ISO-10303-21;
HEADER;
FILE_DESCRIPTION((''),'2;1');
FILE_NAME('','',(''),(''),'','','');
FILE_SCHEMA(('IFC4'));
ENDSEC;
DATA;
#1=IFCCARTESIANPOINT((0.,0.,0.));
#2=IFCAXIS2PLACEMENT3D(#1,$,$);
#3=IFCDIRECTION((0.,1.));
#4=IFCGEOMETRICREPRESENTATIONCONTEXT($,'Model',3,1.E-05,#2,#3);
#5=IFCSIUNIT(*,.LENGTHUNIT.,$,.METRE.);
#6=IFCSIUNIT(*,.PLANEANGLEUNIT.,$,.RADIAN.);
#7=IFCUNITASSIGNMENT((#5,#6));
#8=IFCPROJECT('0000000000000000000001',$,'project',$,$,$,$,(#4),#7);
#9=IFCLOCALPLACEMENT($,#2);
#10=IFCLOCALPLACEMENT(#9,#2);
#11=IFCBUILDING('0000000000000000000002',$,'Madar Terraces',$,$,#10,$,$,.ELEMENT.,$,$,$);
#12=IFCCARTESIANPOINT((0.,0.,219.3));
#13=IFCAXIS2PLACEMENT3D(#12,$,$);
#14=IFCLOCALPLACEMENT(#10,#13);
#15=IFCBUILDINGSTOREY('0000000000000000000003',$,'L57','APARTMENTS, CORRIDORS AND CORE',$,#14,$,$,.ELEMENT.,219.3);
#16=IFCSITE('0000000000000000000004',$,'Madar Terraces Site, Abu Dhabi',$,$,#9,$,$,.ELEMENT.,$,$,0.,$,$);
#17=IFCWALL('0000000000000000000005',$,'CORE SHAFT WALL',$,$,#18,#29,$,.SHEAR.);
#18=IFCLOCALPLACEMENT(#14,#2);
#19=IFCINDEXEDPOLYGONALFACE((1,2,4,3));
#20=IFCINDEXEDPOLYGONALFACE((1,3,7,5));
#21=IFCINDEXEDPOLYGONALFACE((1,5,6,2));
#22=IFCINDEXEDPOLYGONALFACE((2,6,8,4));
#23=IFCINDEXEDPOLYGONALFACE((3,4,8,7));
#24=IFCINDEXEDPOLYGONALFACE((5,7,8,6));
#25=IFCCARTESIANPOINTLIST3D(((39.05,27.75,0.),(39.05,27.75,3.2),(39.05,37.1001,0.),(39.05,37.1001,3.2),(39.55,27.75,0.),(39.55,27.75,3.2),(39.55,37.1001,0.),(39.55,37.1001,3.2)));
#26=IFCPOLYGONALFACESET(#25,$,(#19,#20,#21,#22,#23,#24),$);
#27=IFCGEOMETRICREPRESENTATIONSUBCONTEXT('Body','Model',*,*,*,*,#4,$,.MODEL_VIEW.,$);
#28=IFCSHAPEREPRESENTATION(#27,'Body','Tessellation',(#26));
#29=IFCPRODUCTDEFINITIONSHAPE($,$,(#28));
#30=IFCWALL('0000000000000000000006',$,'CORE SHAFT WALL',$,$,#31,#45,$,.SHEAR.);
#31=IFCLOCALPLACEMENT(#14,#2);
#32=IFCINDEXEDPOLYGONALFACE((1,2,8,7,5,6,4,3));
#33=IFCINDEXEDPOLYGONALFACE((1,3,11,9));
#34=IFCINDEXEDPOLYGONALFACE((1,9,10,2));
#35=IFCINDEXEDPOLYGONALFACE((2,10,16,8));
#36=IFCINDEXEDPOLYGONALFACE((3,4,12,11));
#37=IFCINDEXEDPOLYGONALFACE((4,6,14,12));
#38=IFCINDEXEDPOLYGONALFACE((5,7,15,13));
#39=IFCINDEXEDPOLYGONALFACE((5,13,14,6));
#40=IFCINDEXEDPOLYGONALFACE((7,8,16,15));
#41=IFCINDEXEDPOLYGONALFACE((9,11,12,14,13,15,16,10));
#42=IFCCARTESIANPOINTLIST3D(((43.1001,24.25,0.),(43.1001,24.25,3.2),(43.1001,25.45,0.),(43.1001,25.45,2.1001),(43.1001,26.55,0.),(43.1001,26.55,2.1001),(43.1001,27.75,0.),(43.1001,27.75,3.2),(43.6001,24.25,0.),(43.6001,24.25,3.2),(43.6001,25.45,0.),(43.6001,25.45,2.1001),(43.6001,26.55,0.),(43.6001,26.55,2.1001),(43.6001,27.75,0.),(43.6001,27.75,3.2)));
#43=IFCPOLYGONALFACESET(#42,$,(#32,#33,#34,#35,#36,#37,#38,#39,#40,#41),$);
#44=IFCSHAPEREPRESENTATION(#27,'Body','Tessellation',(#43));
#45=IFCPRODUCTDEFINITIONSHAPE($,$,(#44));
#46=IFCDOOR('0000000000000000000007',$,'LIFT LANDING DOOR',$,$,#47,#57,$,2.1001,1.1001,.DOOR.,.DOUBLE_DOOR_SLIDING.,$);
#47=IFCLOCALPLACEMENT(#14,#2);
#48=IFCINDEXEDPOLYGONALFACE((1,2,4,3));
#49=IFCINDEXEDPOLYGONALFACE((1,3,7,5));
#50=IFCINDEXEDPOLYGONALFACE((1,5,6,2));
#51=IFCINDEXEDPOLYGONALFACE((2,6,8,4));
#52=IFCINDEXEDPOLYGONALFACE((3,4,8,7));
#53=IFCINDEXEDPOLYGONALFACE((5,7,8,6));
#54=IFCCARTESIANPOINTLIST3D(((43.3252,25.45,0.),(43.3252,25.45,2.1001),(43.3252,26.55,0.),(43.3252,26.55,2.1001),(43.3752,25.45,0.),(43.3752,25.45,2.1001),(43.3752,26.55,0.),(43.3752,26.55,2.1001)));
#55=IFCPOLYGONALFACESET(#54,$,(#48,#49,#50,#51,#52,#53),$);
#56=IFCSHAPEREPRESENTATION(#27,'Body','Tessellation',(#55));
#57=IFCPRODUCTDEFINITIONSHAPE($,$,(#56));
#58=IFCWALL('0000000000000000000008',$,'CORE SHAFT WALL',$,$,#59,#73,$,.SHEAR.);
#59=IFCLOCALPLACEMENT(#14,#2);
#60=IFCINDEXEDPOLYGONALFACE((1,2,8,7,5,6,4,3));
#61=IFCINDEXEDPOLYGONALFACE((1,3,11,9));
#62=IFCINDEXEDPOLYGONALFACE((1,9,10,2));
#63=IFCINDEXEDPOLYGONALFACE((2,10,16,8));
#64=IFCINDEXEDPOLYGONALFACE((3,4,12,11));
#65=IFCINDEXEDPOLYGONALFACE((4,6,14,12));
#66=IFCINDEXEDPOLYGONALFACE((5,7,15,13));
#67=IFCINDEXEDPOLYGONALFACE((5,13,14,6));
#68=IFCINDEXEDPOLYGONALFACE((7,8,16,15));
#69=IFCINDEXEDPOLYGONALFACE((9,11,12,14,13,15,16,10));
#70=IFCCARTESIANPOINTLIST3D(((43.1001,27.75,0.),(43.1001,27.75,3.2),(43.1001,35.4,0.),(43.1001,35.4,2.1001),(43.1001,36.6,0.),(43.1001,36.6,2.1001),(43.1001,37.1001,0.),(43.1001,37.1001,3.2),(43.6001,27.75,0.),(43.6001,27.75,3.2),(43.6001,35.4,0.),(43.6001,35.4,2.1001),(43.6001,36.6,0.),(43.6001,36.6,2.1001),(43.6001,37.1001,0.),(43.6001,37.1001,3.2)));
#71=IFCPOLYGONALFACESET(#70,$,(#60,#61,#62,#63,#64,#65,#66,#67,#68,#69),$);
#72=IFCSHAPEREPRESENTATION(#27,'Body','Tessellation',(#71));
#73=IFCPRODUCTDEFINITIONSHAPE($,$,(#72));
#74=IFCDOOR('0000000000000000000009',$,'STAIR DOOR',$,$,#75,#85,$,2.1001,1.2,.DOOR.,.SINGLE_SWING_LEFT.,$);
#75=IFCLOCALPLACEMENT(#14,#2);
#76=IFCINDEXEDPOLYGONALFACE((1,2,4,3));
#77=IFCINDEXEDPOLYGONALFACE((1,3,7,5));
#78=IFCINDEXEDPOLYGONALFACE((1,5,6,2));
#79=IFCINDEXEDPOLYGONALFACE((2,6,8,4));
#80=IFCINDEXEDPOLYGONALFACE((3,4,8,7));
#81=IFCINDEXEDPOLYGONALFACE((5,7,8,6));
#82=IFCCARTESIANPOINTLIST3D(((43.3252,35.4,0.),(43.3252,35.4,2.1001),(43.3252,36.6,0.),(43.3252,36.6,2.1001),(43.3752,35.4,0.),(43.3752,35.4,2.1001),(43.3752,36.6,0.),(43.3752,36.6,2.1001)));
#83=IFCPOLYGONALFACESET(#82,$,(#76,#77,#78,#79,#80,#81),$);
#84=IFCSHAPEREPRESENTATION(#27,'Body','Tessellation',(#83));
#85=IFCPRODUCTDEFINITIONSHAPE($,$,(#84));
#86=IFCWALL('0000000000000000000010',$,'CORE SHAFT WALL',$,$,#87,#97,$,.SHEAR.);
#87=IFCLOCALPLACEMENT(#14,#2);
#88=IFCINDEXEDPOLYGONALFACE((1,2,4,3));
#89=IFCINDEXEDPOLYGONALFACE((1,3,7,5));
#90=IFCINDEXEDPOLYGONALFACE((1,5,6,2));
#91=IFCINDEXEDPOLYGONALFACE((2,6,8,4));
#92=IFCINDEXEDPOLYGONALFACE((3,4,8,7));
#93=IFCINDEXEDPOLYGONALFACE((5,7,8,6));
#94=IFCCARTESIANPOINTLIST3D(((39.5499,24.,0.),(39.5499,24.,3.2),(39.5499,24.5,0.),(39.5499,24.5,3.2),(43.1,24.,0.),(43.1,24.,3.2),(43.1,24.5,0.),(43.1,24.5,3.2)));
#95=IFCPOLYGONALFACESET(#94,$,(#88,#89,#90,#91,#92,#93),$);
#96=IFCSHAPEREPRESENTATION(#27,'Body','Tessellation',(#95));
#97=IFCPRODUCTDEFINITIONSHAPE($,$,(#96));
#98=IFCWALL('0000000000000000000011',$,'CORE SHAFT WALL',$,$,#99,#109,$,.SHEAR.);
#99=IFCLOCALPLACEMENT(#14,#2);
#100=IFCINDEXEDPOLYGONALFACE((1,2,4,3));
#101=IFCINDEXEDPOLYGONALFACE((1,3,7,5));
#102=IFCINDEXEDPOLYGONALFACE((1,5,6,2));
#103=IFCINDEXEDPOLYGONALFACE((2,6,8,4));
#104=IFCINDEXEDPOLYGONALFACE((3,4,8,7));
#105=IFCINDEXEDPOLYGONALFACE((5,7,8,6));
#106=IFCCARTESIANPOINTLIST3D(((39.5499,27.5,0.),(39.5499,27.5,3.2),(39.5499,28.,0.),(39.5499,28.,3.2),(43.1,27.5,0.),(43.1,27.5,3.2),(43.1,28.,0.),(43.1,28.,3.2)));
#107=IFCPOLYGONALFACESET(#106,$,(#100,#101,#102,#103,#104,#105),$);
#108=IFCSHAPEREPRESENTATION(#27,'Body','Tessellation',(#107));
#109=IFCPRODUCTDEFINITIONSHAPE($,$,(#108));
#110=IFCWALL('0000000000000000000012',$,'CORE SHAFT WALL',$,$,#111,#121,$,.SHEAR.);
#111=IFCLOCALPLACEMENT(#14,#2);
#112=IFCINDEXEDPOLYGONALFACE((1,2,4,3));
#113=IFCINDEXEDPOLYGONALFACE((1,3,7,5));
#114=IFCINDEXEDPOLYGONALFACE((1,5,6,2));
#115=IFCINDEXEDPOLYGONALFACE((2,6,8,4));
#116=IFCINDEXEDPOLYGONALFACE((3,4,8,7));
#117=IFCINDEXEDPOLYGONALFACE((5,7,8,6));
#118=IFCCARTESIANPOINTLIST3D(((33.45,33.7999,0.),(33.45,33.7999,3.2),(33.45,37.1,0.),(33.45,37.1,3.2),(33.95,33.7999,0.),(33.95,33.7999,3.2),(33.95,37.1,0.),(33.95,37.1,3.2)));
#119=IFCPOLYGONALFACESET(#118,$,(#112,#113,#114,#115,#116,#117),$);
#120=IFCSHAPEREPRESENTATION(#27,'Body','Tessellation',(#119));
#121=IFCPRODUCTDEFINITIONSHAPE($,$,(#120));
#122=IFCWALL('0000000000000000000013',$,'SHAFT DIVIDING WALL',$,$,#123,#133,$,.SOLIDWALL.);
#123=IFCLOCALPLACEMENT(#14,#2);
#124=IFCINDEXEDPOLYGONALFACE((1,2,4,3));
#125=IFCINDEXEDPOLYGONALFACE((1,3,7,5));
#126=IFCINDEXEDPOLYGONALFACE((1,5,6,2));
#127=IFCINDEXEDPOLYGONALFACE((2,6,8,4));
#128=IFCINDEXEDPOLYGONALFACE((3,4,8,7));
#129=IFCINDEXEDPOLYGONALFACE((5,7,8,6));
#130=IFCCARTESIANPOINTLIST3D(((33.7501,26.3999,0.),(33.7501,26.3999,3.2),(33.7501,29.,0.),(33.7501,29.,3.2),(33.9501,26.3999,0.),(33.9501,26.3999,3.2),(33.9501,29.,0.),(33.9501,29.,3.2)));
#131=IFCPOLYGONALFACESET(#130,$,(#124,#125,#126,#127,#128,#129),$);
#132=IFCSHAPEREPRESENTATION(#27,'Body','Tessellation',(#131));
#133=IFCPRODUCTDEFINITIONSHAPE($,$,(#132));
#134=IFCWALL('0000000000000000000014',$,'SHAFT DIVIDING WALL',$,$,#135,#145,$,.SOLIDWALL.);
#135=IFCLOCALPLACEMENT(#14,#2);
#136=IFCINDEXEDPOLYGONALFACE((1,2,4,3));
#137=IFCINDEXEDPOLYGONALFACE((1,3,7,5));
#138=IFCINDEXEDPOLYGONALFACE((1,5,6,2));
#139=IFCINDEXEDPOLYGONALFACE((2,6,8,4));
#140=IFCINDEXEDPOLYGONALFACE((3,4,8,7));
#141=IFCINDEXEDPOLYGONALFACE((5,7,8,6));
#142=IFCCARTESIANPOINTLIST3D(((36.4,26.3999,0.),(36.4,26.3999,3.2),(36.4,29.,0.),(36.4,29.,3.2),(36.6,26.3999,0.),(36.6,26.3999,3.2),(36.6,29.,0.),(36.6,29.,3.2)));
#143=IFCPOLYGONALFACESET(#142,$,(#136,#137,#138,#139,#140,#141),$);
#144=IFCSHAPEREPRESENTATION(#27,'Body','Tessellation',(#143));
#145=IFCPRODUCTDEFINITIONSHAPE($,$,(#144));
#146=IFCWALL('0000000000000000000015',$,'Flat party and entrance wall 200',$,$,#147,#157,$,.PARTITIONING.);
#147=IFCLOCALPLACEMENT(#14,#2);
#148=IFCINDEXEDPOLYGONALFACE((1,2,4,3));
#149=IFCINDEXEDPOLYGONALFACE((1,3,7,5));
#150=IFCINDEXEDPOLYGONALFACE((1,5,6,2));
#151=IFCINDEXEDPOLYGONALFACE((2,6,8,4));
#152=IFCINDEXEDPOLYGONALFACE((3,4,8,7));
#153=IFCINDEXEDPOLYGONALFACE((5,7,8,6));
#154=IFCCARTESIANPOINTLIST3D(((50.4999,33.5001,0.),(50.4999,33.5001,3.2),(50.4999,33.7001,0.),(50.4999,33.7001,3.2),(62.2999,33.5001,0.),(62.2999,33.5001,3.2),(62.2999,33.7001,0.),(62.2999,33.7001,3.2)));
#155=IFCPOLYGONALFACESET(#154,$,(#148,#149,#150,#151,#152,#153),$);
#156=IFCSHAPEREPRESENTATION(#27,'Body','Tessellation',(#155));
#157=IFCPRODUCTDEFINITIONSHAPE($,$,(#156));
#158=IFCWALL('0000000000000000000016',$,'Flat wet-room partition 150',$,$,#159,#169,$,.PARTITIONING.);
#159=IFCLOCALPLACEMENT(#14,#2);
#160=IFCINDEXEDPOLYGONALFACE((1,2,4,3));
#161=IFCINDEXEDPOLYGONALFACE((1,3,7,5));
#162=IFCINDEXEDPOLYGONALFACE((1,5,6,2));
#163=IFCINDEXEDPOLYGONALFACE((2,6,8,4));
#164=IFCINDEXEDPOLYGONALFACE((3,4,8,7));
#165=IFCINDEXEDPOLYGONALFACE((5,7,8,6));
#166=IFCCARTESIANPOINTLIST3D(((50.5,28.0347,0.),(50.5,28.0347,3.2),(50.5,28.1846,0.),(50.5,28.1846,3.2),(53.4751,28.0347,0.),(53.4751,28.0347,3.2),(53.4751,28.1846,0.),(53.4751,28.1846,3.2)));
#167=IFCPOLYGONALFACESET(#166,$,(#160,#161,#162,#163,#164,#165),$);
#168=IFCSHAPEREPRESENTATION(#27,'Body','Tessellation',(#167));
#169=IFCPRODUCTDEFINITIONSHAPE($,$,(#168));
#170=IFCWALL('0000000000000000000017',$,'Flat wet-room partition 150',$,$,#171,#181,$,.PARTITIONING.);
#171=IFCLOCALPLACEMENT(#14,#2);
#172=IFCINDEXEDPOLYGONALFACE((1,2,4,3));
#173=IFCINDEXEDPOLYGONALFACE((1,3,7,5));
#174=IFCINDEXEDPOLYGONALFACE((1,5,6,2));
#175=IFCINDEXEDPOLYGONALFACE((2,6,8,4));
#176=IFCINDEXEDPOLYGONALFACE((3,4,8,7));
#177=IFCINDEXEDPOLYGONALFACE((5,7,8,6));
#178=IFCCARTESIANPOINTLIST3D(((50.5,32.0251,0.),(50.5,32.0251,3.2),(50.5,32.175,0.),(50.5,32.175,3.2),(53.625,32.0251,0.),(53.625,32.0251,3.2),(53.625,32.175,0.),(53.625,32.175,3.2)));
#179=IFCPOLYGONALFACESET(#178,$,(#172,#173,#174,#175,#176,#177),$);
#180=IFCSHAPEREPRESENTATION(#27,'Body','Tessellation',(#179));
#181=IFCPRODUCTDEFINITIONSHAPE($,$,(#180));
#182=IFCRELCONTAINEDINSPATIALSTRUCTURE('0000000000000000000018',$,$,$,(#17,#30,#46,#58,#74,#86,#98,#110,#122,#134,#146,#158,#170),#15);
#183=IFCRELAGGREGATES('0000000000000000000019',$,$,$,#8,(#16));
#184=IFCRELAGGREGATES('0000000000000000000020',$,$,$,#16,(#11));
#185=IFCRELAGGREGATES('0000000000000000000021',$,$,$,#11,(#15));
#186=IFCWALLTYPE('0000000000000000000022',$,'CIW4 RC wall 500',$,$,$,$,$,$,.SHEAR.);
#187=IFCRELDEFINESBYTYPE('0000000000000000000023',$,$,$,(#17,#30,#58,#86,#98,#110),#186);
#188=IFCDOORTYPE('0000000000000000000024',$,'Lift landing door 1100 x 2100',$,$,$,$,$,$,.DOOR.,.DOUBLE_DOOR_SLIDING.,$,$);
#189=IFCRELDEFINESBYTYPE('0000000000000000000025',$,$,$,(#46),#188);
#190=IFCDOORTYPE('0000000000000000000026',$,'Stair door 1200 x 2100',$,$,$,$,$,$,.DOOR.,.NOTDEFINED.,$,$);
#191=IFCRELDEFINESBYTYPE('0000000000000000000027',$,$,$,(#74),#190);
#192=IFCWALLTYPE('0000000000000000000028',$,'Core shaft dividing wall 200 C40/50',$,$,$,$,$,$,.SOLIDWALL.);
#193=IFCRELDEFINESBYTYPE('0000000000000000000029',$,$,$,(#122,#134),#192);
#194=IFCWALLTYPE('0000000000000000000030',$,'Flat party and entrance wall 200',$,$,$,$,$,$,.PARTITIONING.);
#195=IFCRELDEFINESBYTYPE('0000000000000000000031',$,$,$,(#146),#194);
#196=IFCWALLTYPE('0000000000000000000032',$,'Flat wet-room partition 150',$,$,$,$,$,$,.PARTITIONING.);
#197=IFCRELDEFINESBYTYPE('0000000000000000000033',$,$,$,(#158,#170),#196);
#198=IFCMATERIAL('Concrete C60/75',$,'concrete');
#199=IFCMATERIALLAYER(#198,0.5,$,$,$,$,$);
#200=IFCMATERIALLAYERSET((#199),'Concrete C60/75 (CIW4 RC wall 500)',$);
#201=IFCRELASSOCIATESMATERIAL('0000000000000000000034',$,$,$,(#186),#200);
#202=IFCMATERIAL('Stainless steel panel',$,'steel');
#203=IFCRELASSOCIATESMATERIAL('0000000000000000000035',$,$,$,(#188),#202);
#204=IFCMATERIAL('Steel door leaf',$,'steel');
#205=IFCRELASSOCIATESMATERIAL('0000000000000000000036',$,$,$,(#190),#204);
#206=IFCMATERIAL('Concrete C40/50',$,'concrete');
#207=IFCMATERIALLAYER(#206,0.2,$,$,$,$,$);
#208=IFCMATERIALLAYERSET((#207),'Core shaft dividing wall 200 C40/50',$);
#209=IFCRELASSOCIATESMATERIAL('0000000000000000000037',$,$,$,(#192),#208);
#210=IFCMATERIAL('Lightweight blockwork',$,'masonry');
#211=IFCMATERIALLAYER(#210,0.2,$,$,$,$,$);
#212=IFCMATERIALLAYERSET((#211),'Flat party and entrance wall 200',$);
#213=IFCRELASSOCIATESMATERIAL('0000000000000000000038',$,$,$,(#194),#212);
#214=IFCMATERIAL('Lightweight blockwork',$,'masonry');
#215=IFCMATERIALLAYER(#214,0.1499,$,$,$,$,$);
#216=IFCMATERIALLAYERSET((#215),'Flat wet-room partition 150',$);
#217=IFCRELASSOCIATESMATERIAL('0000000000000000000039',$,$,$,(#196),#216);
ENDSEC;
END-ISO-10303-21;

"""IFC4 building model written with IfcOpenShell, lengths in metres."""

from ifc_helpers import new_model, si_unit, direction, frame, frame_2d, origin, place, context, subcontext, project, spatial, rectangle, extrude, material, layer, layer_set, type_object, element, fill, save


model = new_model("IFC4")

# Units and contexts
model_context = context("Model", 3, precision=1e-05, world=origin(), true_north=direction((0.0, 1.0)))
body_context = subcontext(model_context, "Body", "Model", "MODEL_VIEW")
ifc_project = project(units=[si_unit("LENGTHUNIT", "METRE"), si_unit("PLANEANGLEUNIT", "RADIAN")], contexts=[model_context])

# Site, building, storey
site_placement = place(None, origin())
site = spatial("IfcSite", under=ifc_project, at=site_placement, Name="Madar Terraces Site, Abu Dhabi", CompositionType="ELEMENT", RefElevation=0.0)
building_placement = place(site_placement, origin())
building = spatial("IfcBuilding", under=site, at=building_placement, Name="Madar Terraces", CompositionType="ELEMENT")
storey_placement = place(building_placement, frame((0.0, 0.0, 219.3)))
storey = spatial("IfcBuildingStorey", under=building, at=storey_placement, Name="L57", Description="APARTMENTS, CORRIDORS AND CORE", CompositionType="ELEMENT", Elevation=219.3)

# Wall
ifc_material_1 = material(Name="Concrete C60/75", Category="concrete")
ifc_layer_1 = layer(ifc_material_1, 0.5)
ifc_layer_set_1 = layer_set([ifc_layer_1], Name="Concrete C60/75 (CIW4 RC wall 500)")
wall_type_1 = type_object("IfcWallType", Name="CIW4 RC wall 500", PredefinedType="SHEAR", material=ifc_layer_set_1)
wall_1_placement = place(storey_placement, frame((39.3, 27.75, 0.0), z_axis=(0.0, 0.0, 1.0), x_axis=(0.0, 1.0, 0.0)))
element("IfcWall", 1, at=wall_1_placement, inside=storey, type_object=wall_type_1, Name="CORE SHAFT WALL", PredefinedType="SHEAR", context=body_context, shape_type="SweptSolid", body=[
    extrude(rectangle(XDim=9.3501, YDim=0.5, at=frame_2d((4.675, 0.0))), origin(), (0.0, 0.0, 1.0), 3.2),
])

# Walls, openings, doors
wall_2_placement = place(storey_placement, frame((43.3501, 24.25, 0.0), z_axis=(0.0, 0.0, 1.0), x_axis=(0.0, 1.0, 0.0)))
wall_2 = element("IfcWall", 2, at=wall_2_placement, inside=storey, type_object=wall_type_1, Name="CORE SHAFT WALL", PredefinedType="SHEAR", context=body_context, shape_type="SweptSolid", body=[
    extrude(rectangle(XDim=3.5, YDim=0.5, at=frame_2d((1.75, 0.0))), origin(), (0.0, 0.0, 1.0), 3.2),
])
opening_1_placement = place(wall_2_placement, frame((1.2, 0.0, 0.0)))
opening_1 = element("IfcOpeningElement", 3, at=opening_1_placement, cuts=wall_2, PredefinedType="OPENING", context=body_context, shape_type="SweptSolid", body=[
    extrude(rectangle(XDim=1.1001, YDim=2.1001, at=frame_2d((0.55, 1.05))), frame((0.0, 0.26, 0.0), z_axis=(0.0, -1.0, 0.0), x_axis=(1.0, 0.0, 0.0)), (0.0, 0.0, 1.0), 0.52),
])
ifc_material_2 = material(Name="Stainless steel panel", Category="steel")
door_type_1 = type_object("IfcDoorType", Name="Lift landing door 1100 x 2100", OperationType="DOUBLE_DOOR_SLIDING", PredefinedType="DOOR", material=ifc_material_2)
door_1_placement = place(opening_1_placement, origin())
door_1 = element("IfcDoor", 4, at=door_1_placement, inside=storey, type_object=door_type_1, Name="LIFT LANDING DOOR", OperationType="DOUBLE_DOOR_SLIDING", OverallHeight=2.1001, OverallWidth=1.1001, PredefinedType="DOOR", context=body_context, shape_type="SweptSolid", body=[
    extrude(rectangle(XDim=1.1001, YDim=2.1001, at=frame_2d((0.55, 1.05))), frame((0.0, 0.0249, 0.0), z_axis=(0.0, -1.0, 0.0), x_axis=(1.0, 0.0, 0.0)), (0.0, 0.0, 1.0), 0.05),
])
fill(opening_1, door_1)
wall_3_placement = place(storey_placement, frame((43.3501, 27.75, 0.0), z_axis=(0.0, 0.0, 1.0), x_axis=(0.0, 1.0, 0.0)))
wall_3 = element("IfcWall", 5, at=wall_3_placement, inside=storey, type_object=wall_type_1, Name="CORE SHAFT WALL", PredefinedType="SHEAR", context=body_context, shape_type="SweptSolid", body=[
    extrude(rectangle(XDim=9.3501, YDim=0.5, at=frame_2d((4.675, 0.0))), origin(), (0.0, 0.0, 1.0), 3.2),
])
opening_2_placement = place(wall_3_placement, frame((7.6499, 0.0, 0.0)))
opening_2 = element("IfcOpeningElement", 6, at=opening_2_placement, cuts=wall_3, PredefinedType="OPENING", context=body_context, shape_type="SweptSolid", body=[
    extrude(rectangle(XDim=1.2, YDim=2.1001, at=frame_2d((0.6001, 1.05))), frame((0.0, 0.26, 0.0), z_axis=(0.0, -1.0, 0.0), x_axis=(1.0, 0.0, 0.0)), (0.0, 0.0, 1.0), 0.52),
])
ifc_material_3 = material(Name="Steel door leaf", Category="steel")
door_type_2 = type_object("IfcDoorType", Name="Stair door 1200 x 2100", OperationType="NOTDEFINED", PredefinedType="DOOR", material=ifc_material_3)
door_2_placement = place(opening_2_placement, origin())
door_2 = element("IfcDoor", 7, at=door_2_placement, inside=storey, type_object=door_type_2, Name="STAIR DOOR", OperationType="SINGLE_SWING_LEFT", OverallHeight=2.1001, OverallWidth=1.2, PredefinedType="DOOR", context=body_context, shape_type="SweptSolid", body=[
    extrude(rectangle(XDim=1.2, YDim=2.1001, at=frame_2d((0.6001, 1.05))), frame((0.0, 0.0249, 0.0), z_axis=(0.0, -1.0, 0.0), x_axis=(1.0, 0.0, 0.0)), (0.0, 0.0, 1.0), 0.05),
])
fill(opening_2, door_2)

# Walls
for number, where, z_axis, x_axis, name in (
    (8, (39.55, 24.25, 0.0), (0.0, 0.0, 1.0), (1.0, 0.0, 0.0), "CORE SHAFT WALL"),
    (9, (39.55, 27.75, 0.0), (0.0, 0.0, 1.0), (1.0, 0.0, 0.0), "CORE SHAFT WALL"),
):
    element("IfcWall", number, at=place(storey_placement, frame(where, z_axis=z_axis, x_axis=x_axis)), inside=storey, type_object=wall_type_1, Name=name, PredefinedType="SHEAR", context=body_context, shape_type="SweptSolid", body=[
        extrude(rectangle(XDim=3.55, YDim=0.5, at=frame_2d((1.7749, 0.0))), origin(), (0.0, 0.0, 1.0), 3.2),
    ])
wall_4_placement = place(storey_placement, frame((33.7, 33.8, 0.0), z_axis=(0.0, 0.0, 1.0), x_axis=(0.0, 1.0, 0.0)))
element("IfcWall", 10, at=wall_4_placement, inside=storey, type_object=wall_type_1, Name="CORE SHAFT WALL", PredefinedType="SHEAR", context=body_context, shape_type="SweptSolid", body=[
    extrude(rectangle(XDim=3.3, YDim=0.5, at=frame_2d((1.6499, 0.0))), origin(), (0.0, 0.0, 1.0), 3.2),
])
ifc_material_4 = material(Name="Concrete C40/50", Category="concrete")
ifc_layer_2 = layer(ifc_material_4, 0.2)
ifc_layer_set_2 = layer_set([ifc_layer_2], Name="Core shaft dividing wall 200 C40/50")
wall_type_2 = type_object("IfcWallType", Name="Core shaft dividing wall 200 C40/50", PredefinedType="SOLIDWALL", material=ifc_layer_set_2)
for number, where, z_axis, x_axis, name in (
    (11, (33.8501, 26.3999, 0.0), (0.0, 0.0, 1.0), (0.0, 1.0, 0.0), "SHAFT DIVIDING WALL"),
    (12, (36.5, 26.3999, 0.0), (0.0, 0.0, 1.0), (0.0, 1.0, 0.0), "SHAFT DIVIDING WALL"),
):
    element("IfcWall", number, at=place(storey_placement, frame(where, z_axis=z_axis, x_axis=x_axis)), inside=storey, type_object=wall_type_2, Name=name, PredefinedType="SOLIDWALL", context=body_context, shape_type="SweptSolid", body=[
        extrude(rectangle(XDim=2.6001, YDim=0.2, at=frame_2d((1.3, 0.0))), origin(), (0.0, 0.0, 1.0), 3.2),
    ])
ifc_material_5 = material(Name="Lightweight blockwork", Category="masonry")
ifc_layer_3 = layer(ifc_material_5, 0.2)
ifc_layer_set_3 = layer_set([ifc_layer_3], Name="Flat party and entrance wall 200")
wall_type_3 = type_object("IfcWallType", Name="Flat party and entrance wall 200", PredefinedType="PARTITIONING", material=ifc_layer_set_3)
wall_5_placement = place(storey_placement, frame((50.5, 33.6001, 0.0), z_axis=(0.0, 0.0, 1.0), x_axis=(1.0, 0.0, 0.0)))
element("IfcWall", 13, at=wall_5_placement, inside=storey, type_object=wall_type_3, Name="Flat party and entrance wall 200", PredefinedType="PARTITIONING", context=body_context, shape_type="SweptSolid", body=[
    extrude(rectangle(XDim=11.8, YDim=0.2, at=frame_2d((5.8999, 0.0))), origin(), (0.0, 0.0, 1.0), 3.2),
])
ifc_material_6 = material(Name="Lightweight blockwork", Category="masonry")
ifc_layer_4 = layer(ifc_material_6, 0.1499)
ifc_layer_set_4 = layer_set([ifc_layer_4], Name="Flat wet-room partition 150")
wall_type_4 = type_object("IfcWallType", Name="Flat wet-room partition 150", PredefinedType="PARTITIONING", material=ifc_layer_set_4)
wall_6_placement = place(storey_placement, frame((50.5, 28.1096, 0.0), z_axis=(0.0, 0.0, 1.0), x_axis=(1.0, 0.0, 0.0)))
element("IfcWall", 14, at=wall_6_placement, inside=storey, type_object=wall_type_4, Name="Flat wet-room partition 150", PredefinedType="PARTITIONING", context=body_context, shape_type="SweptSolid", body=[
    extrude(rectangle(XDim=2.9751, YDim=0.1499, at=frame_2d((1.4875, 0.0))), origin(), (0.0, 0.0, 1.0), 3.2),
])
wall_7_placement = place(storey_placement, frame((50.5, 32.1001, 0.0), z_axis=(0.0, 0.0, 1.0), x_axis=(1.0, 0.0, 0.0)))
element("IfcWall", 15, at=wall_7_placement, inside=storey, type_object=wall_type_4, Name="Flat wet-room partition 150", PredefinedType="PARTITIONING", context=body_context, shape_type="SweptSolid", body=[
    extrude(rectangle(XDim=3.125, YDim=0.1499, at=frame_2d((1.5625, 0.0))), origin(), (0.0, 0.0, 1.0), 3.2),
])

save(model, "model.ifc")
